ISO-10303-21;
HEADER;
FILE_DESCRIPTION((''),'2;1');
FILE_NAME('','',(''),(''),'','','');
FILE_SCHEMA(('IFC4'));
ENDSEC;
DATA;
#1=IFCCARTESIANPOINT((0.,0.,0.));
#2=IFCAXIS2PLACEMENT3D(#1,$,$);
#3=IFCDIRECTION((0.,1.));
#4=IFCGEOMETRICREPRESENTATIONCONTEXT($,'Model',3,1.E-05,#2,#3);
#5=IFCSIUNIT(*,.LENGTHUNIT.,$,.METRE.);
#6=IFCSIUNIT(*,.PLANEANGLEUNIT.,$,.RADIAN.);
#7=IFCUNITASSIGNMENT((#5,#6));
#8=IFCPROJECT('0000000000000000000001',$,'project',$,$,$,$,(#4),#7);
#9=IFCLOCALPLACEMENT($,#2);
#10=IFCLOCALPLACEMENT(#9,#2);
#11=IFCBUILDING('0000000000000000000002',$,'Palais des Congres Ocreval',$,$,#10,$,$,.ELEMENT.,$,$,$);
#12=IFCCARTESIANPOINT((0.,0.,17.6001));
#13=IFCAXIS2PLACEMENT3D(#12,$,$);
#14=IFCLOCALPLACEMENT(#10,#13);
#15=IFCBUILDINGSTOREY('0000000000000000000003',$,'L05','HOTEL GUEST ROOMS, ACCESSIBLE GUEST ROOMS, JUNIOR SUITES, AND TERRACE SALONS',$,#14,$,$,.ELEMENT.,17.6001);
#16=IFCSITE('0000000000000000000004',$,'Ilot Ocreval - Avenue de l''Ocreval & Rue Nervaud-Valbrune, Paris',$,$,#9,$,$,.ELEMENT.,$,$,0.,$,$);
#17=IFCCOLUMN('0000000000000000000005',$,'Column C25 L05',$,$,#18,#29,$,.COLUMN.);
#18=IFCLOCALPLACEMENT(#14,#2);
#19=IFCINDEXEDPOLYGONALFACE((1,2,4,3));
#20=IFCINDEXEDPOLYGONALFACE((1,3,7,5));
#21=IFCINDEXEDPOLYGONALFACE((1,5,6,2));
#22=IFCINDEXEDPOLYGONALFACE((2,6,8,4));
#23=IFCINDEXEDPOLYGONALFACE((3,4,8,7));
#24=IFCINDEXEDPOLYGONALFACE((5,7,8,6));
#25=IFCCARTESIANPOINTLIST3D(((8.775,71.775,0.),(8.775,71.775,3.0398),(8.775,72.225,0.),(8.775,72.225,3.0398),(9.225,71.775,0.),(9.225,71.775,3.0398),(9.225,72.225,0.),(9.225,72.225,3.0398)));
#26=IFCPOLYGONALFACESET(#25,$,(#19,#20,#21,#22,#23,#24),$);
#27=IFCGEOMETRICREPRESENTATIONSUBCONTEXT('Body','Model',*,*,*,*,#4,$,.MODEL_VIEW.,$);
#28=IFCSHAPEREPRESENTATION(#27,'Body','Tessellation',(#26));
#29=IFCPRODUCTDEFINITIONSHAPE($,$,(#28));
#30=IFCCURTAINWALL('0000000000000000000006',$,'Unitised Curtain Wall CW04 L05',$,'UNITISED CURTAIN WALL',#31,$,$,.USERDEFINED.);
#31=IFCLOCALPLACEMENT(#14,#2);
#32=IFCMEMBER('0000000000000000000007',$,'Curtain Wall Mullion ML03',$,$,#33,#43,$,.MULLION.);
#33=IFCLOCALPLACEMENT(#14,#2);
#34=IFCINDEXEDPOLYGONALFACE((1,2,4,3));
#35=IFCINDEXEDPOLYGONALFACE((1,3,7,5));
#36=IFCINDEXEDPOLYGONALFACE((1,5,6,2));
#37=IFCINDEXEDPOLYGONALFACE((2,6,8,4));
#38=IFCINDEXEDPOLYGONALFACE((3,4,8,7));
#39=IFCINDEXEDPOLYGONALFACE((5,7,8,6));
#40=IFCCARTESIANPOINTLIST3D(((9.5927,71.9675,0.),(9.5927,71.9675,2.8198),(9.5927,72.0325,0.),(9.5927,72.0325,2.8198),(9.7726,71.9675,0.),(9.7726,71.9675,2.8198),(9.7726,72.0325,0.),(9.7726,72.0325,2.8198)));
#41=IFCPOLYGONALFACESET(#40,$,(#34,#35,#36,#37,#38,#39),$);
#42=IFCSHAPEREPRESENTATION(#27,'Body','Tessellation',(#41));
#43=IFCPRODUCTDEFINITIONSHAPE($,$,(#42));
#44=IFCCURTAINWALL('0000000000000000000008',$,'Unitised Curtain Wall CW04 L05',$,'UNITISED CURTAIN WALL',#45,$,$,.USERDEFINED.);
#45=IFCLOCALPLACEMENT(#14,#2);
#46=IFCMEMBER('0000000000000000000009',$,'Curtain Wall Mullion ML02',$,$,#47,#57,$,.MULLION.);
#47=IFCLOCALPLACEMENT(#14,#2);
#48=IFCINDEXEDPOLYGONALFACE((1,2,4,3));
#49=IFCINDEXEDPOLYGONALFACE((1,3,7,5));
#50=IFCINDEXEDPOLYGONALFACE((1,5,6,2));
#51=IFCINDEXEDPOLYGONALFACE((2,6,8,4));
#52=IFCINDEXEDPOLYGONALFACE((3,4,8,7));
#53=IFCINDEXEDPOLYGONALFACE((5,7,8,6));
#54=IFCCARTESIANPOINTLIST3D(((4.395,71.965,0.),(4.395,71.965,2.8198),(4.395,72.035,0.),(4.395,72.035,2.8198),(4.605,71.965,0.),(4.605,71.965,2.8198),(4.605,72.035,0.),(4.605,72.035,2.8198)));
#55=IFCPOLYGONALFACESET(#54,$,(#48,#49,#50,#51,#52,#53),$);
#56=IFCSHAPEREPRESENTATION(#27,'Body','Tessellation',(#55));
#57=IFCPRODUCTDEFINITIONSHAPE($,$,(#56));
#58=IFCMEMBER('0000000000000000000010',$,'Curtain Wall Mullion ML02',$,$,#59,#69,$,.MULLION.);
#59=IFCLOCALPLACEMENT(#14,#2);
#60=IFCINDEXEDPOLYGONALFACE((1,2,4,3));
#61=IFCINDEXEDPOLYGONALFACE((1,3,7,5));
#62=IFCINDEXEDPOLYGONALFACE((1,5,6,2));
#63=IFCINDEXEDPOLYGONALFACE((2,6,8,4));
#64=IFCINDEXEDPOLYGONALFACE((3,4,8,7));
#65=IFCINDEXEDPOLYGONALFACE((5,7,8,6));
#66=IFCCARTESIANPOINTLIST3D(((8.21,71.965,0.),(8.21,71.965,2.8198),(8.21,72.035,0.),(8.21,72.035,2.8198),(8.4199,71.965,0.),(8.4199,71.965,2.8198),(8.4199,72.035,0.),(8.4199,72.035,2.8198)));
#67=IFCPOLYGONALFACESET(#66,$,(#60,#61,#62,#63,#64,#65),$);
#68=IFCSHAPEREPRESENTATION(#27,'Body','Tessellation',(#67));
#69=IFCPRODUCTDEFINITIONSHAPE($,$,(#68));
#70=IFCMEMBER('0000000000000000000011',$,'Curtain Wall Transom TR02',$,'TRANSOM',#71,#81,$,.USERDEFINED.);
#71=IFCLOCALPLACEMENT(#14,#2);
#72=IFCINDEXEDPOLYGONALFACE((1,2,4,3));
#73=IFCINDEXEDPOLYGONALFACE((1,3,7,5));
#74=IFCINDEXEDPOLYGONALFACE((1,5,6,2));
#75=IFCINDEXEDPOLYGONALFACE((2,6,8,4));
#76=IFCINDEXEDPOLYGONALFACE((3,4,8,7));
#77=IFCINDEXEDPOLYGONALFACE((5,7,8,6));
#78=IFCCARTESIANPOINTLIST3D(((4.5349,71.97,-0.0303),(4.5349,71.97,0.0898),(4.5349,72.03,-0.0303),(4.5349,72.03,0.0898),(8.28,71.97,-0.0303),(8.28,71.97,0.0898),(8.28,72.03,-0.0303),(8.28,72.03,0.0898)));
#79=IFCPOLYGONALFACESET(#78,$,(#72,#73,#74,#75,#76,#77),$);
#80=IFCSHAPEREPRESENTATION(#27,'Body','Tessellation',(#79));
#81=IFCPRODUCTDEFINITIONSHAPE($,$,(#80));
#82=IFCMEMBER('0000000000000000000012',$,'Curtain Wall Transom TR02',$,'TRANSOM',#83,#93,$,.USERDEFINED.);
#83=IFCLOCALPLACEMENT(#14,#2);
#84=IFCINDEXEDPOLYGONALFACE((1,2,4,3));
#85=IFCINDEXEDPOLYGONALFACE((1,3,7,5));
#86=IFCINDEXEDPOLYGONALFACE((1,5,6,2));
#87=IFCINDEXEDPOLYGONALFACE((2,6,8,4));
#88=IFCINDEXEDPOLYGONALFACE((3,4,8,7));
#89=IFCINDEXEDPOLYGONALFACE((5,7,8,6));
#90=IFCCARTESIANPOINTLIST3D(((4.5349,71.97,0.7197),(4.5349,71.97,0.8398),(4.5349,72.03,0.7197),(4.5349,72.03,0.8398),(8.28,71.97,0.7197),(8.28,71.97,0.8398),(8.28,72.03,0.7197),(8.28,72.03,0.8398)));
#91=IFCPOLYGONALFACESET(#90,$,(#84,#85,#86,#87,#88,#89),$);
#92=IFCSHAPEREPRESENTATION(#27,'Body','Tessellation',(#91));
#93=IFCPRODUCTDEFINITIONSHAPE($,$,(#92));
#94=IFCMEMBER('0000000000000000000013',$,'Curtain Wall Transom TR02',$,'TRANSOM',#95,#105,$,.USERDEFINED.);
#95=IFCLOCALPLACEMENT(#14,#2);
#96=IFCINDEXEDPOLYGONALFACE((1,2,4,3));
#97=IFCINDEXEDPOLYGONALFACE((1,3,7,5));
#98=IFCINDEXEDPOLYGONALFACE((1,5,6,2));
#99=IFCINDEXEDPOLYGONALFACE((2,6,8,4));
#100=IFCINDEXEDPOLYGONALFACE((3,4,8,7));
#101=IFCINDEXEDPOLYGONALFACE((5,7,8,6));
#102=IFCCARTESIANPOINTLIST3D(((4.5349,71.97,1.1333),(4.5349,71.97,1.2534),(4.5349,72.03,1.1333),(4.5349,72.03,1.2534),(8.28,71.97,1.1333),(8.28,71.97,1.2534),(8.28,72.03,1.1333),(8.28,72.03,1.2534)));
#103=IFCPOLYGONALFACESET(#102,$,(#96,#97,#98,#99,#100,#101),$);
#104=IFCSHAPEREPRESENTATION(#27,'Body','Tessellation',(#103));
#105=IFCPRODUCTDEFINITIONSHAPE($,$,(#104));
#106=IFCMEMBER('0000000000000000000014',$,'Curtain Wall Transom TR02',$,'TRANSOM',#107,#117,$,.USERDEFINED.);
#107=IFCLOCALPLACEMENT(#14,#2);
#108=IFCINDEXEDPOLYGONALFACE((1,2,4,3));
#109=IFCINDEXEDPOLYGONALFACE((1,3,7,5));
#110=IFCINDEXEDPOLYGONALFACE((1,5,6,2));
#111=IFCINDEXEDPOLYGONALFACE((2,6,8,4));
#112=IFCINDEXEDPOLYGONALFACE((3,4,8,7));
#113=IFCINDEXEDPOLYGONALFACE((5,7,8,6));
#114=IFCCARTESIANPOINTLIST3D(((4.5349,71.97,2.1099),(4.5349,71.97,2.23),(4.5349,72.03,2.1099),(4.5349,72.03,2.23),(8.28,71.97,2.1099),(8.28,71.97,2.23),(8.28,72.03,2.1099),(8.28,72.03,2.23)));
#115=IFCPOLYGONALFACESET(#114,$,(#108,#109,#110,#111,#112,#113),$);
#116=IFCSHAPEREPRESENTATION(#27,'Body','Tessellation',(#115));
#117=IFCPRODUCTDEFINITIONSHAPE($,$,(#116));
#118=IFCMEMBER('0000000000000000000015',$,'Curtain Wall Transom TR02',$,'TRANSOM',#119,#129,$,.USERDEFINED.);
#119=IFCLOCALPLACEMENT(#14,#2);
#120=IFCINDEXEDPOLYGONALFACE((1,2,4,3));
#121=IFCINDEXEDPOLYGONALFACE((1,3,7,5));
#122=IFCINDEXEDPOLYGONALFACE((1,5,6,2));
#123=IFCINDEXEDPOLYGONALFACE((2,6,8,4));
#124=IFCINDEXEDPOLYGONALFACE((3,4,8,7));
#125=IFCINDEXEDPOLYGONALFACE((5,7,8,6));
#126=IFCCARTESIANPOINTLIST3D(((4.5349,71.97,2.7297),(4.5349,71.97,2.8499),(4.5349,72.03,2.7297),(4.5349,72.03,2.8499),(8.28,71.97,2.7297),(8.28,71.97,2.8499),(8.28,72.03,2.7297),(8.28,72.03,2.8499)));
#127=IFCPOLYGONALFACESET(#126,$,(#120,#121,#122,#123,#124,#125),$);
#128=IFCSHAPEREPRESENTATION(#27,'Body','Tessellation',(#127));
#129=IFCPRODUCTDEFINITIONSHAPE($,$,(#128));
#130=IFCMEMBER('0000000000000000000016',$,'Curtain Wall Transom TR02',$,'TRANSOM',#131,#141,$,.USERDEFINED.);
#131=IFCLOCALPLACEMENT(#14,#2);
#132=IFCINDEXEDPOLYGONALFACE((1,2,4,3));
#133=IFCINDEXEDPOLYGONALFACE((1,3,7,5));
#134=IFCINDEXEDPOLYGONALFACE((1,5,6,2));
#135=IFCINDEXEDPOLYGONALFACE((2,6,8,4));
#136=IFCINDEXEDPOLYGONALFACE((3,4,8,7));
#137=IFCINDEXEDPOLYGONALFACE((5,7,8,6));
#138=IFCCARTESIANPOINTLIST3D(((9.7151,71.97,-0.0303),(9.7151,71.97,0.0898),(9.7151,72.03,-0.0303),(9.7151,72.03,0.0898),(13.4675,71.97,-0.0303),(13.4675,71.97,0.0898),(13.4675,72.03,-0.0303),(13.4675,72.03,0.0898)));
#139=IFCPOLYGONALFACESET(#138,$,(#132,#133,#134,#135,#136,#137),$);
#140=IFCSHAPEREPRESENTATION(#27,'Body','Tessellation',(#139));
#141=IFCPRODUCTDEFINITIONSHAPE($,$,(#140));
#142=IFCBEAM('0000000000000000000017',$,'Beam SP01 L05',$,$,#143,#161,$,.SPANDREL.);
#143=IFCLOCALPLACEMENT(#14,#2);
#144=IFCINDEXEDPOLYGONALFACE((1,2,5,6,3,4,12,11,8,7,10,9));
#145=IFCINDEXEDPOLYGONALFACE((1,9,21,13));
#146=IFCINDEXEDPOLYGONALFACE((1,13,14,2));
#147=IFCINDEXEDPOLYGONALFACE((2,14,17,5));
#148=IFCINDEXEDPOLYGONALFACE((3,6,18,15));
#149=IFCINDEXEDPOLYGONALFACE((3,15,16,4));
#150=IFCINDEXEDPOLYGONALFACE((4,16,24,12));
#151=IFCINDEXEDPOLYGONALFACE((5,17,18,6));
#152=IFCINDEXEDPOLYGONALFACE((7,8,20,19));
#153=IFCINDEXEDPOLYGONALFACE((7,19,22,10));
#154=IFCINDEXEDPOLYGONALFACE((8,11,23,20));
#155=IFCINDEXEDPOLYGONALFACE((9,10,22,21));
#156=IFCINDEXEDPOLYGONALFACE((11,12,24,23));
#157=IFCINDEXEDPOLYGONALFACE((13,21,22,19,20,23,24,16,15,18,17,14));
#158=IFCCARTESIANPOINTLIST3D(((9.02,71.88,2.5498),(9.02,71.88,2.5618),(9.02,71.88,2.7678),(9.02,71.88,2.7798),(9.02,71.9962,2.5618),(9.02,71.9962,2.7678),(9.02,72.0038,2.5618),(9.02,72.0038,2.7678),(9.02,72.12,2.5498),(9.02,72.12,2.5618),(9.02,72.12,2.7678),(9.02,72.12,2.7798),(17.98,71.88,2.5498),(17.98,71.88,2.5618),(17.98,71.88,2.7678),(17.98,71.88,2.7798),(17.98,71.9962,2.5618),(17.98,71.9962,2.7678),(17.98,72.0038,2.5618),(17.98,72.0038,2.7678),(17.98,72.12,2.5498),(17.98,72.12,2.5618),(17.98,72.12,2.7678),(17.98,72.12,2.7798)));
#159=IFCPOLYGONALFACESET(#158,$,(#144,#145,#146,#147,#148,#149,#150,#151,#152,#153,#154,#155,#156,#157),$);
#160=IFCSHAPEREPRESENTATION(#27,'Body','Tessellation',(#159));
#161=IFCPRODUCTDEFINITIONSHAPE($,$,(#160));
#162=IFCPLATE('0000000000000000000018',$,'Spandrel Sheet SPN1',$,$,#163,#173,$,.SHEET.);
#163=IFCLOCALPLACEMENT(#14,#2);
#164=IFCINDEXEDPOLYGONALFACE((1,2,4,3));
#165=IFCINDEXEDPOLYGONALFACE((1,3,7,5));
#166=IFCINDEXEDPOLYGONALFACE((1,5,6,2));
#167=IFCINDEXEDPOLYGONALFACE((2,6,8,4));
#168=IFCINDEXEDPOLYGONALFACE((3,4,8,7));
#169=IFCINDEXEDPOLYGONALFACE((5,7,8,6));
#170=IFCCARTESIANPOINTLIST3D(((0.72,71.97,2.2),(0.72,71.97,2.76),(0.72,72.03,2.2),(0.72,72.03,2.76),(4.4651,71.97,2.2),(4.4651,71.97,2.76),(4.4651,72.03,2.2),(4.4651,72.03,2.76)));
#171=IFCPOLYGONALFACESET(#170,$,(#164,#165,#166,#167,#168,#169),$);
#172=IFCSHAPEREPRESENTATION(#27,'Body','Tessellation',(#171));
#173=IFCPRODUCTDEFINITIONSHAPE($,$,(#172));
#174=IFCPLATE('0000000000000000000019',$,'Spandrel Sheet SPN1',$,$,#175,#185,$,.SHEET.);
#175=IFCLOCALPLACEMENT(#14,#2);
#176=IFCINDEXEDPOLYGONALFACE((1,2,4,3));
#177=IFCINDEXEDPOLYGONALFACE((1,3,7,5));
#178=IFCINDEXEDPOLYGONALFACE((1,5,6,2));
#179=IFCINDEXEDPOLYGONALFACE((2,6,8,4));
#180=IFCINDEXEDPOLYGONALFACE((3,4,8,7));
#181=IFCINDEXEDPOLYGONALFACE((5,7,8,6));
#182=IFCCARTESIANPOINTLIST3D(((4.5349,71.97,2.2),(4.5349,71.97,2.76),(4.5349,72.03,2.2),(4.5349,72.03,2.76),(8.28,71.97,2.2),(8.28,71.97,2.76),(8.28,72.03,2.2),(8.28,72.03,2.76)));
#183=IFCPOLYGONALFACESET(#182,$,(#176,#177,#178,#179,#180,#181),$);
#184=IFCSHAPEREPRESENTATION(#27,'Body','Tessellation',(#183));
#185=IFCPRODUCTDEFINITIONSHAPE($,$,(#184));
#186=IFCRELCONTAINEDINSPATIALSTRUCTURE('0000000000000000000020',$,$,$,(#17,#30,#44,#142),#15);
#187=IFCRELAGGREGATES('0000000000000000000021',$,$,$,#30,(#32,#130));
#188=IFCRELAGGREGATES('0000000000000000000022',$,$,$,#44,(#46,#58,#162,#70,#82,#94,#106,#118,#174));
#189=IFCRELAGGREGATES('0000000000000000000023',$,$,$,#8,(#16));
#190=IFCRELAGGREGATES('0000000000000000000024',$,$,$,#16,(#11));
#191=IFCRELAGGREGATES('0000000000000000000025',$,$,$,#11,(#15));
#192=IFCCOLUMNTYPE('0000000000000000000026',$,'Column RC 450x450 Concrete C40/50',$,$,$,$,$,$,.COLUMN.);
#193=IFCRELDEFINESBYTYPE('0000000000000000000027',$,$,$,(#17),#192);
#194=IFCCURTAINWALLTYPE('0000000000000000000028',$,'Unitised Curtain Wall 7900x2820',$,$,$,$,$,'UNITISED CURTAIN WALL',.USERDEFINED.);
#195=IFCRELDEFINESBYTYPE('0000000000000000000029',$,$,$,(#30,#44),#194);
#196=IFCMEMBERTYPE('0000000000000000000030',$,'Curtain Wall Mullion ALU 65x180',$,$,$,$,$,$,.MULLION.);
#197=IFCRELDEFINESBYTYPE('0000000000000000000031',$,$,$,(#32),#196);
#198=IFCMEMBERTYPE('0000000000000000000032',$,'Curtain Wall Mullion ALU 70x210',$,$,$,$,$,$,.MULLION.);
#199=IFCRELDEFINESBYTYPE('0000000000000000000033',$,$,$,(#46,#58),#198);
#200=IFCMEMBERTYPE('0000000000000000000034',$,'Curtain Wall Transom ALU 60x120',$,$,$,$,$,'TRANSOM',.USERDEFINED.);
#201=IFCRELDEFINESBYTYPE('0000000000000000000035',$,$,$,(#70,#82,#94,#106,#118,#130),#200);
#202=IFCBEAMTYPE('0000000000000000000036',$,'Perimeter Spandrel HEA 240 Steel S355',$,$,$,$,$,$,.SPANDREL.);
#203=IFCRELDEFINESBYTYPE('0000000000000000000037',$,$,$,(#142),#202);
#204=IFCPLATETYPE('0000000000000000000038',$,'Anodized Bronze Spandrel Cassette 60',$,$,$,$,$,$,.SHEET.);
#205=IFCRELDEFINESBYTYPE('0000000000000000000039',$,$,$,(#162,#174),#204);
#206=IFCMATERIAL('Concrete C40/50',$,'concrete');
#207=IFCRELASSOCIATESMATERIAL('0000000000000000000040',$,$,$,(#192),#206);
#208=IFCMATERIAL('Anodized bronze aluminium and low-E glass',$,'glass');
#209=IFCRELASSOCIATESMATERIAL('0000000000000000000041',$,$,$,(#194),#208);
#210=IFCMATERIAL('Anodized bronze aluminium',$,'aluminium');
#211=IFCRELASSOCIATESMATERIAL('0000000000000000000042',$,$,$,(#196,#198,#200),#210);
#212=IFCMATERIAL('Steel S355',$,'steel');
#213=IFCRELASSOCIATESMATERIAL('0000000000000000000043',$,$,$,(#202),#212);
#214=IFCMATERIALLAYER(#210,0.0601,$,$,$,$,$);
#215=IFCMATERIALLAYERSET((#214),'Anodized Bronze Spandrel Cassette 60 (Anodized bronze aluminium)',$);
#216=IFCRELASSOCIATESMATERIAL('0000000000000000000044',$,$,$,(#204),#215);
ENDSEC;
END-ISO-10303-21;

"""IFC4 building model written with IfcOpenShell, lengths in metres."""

from ifc_helpers import new_model, si_unit, direction, frame, origin, origin_2d, place, context, subcontext, project, spatial, rectangle, i_section, extrude, material, layer, layer_set, material_profile, profile_set, type_object, element, aggregate, save


model = new_model("IFC4")

# Units and contexts
model_context = context("Model", 3, precision=1e-05, world=origin(), true_north=direction((0.0, 1.0)))
body_context = subcontext(model_context, "Body", "Model", "MODEL_VIEW")
ifc_project = project(units=[si_unit("LENGTHUNIT", "METRE"), si_unit("PLANEANGLEUNIT", "RADIAN")], contexts=[model_context])

# Site, building, storey
site_placement = place(None, origin())
site = spatial("IfcSite", under=ifc_project, at=site_placement, Name="Ilot Ocreval - Avenue de l'Ocreval & Rue Nervaud-Valbrune, Paris", CompositionType="ELEMENT", RefElevation=0.0)
building_placement = place(site_placement, origin())
building = spatial("IfcBuilding", under=site, at=building_placement, Name="Palais des Congres Ocreval", CompositionType="ELEMENT")
storey_placement = place(building_placement, frame((0.0, 0.0, 17.6001)))
storey = spatial("IfcBuildingStorey", under=building, at=storey_placement, Name="L05", Description="HOTEL GUEST ROOMS, ACCESSIBLE GUEST ROOMS, JUNIOR SUITES, AND TERRACE SALONS", CompositionType="ELEMENT", Elevation=17.6001)

# Column
ifc_material_1 = material(Name="Concrete C40/50", Category="concrete")
ifc_material_profile_1 = material_profile(ifc_material_1, rectangle(XDim=0.45, YDim=0.45, at=origin_2d()), Name="RC 450x450")
ifc_profile_set_1 = profile_set([ifc_material_profile_1], Name="Concrete C40/50")
column_type = type_object("IfcColumnType", Name="Column RC 450x450 Concrete C40/50", PredefinedType="COLUMN", material=ifc_profile_set_1)
column_placement = place(storey_placement, frame((9.0, 72.0, 0.0), z_axis=(0.0, 0.0, 1.0), x_axis=(1.0, 0.0, 0.0)))
element("IfcColumn", 1, at=column_placement, inside=storey, type_object=column_type, Name="Column C25 L05", PredefinedType="COLUMN", context=body_context, shape_type="SweptSolid", body=[
    extrude(rectangle(XDim=0.45, YDim=0.45, at=origin_2d()), origin(), (0.0, 0.0, 1.0), 3.0398),
])

# Curtain wall, member
ifc_material_2 = material(Name="Anodized bronze aluminium and low-E glass", Category="glass")
curtain_wall_type = type_object("IfcCurtainWallType", Name="Unitised Curtain Wall 7900x2820", ElementType="UNITISED CURTAIN WALL", PredefinedType="USERDEFINED", material=ifc_material_2)
curtain_wall_1_placement = place(storey_placement, origin())
curtain_wall_1 = element("IfcCurtainWall", 2, at=curtain_wall_1_placement, inside=storey, type_object=curtain_wall_type, Name="Unitised Curtain Wall CW04 L05", ObjectType="UNITISED CURTAIN WALL", PredefinedType="USERDEFINED")
ifc_material_3 = material(Name="Anodized bronze aluminium", Category="aluminium")
ifc_material_profile_2 = material_profile(ifc_material_3, rectangle(XDim=0.0649, YDim=0.1799, at=origin_2d()), Name="ALU 65x180")
ifc_profile_set_2 = profile_set([ifc_material_profile_2], Name="Anodized bronze aluminium")
member_type_1 = type_object("IfcMemberType", Name="Curtain Wall Mullion ALU 65x180", PredefinedType="MULLION", material=ifc_profile_set_2)
member_1_placement = place(storey_placement, frame((9.6826, 72.0, 0.0), z_axis=(0.0, 0.0, 1.0), x_axis=(0.0, 1.0, 0.0)))
member_1 = element("IfcMember", 3, at=member_1_placement, type_object=member_type_1, Name="Curtain Wall Mullion ML03", PredefinedType="MULLION", context=body_context, shape_type="SweptSolid", body=[
    extrude(rectangle(XDim=0.0649, YDim=0.1799, at=origin_2d()), origin(), (0.0, 0.0, 1.0), 2.8198),
])

# Curtain wall, members
curtain_wall_2_placement = place(storey_placement, origin())
curtain_wall_2 = element("IfcCurtainWall", 4, at=curtain_wall_2_placement, inside=storey, type_object=curtain_wall_type, Name="Unitised Curtain Wall CW04 L05", ObjectType="UNITISED CURTAIN WALL", PredefinedType="USERDEFINED")
ifc_material_profile_3 = material_profile(ifc_material_3, rectangle(XDim=0.0701, YDim=0.21, at=origin_2d()), Name="ALU 70x210")
ifc_profile_set_3 = profile_set([ifc_material_profile_3], Name="Anodized bronze aluminium")
member_type_2 = type_object("IfcMemberType", Name="Curtain Wall Mullion ALU 70x210", PredefinedType="MULLION", material=ifc_profile_set_3)
member_2_placement = place(storey_placement, frame((4.5, 72.0, 0.0), z_axis=(0.0, 0.0, 1.0), x_axis=(0.0, 1.0, 0.0)))
member_2 = element("IfcMember", 5, at=member_2_placement, type_object=member_type_2, Name="Curtain Wall Mullion ML02", PredefinedType="MULLION", context=body_context, shape_type="SweptSolid", body=[
    extrude(rectangle(XDim=0.0701, YDim=0.21, at=origin_2d()), origin(), (0.0, 0.0, 1.0), 2.8198),
])
member_3_placement = place(storey_placement, frame((8.3149, 72.0, 0.0), z_axis=(0.0, 0.0, 1.0), x_axis=(0.0, 1.0, 0.0)))
member_3 = element("IfcMember", 6, at=member_3_placement, type_object=member_type_2, Name="Curtain Wall Mullion ML02", PredefinedType="MULLION", context=body_context, shape_type="SweptSolid", body=[
    extrude(rectangle(XDim=0.0701, YDim=0.21, at=origin_2d()), origin(), (0.0, 0.0, 1.0), 2.8198),
])
ifc_material_profile_4 = material_profile(ifc_material_3, rectangle(XDim=0.0601, YDim=0.1201, at=origin_2d()), Name="ALU 60x120")
ifc_profile_set_4 = profile_set([ifc_material_profile_4], Name="Anodized bronze aluminium")
member_type_3 = type_object("IfcMemberType", Name="Curtain Wall Transom ALU 60x120", ElementType="TRANSOM", PredefinedType="USERDEFINED", material=ifc_profile_set_4)
member_4_placement = place(storey_placement, frame((4.5349, 72.0, 0.0298), z_axis=(1.0, 0.0, 0.0), x_axis=(0.0, 1.0, 0.0)))
member_4 = element("IfcMember", 7, at=member_4_placement, type_object=member_type_3, Name="Curtain Wall Transom TR02", ObjectType="TRANSOM", PredefinedType="USERDEFINED", context=body_context, shape_type="SweptSolid", body=[
    extrude(rectangle(XDim=0.0601, YDim=0.1201, at=origin_2d()), origin(), (0.0, 0.0, 1.0), 3.7451),
])
member_5_placement = place(storey_placement, frame((4.5349, 72.0, 0.7798), z_axis=(1.0, 0.0, 0.0), x_axis=(0.0, 1.0, 0.0)))
member_5 = element("IfcMember", 8, at=member_5_placement, type_object=member_type_3, Name="Curtain Wall Transom TR02", ObjectType="TRANSOM", PredefinedType="USERDEFINED", context=body_context, shape_type="SweptSolid", body=[
    extrude(rectangle(XDim=0.0601, YDim=0.1201, at=origin_2d()), origin(), (0.0, 0.0, 1.0), 3.7451),
])
member_6_placement = place(storey_placement, frame((4.5349, 72.0, 1.1934), z_axis=(1.0, 0.0, 0.0), x_axis=(0.0, 1.0, 0.0)))
member_6 = element("IfcMember", 9, at=member_6_placement, type_object=member_type_3, Name="Curtain Wall Transom TR02", ObjectType="TRANSOM", PredefinedType="USERDEFINED", context=body_context, shape_type="SweptSolid", body=[
    extrude(rectangle(XDim=0.0601, YDim=0.1201, at=origin_2d()), origin(), (0.0, 0.0, 1.0), 3.7451),
])
member_7_placement = place(storey_placement, frame((4.5349, 72.0, 2.1699), z_axis=(1.0, 0.0, 0.0), x_axis=(0.0, 1.0, 0.0)))
member_7 = element("IfcMember", 10, at=member_7_placement, type_object=member_type_3, Name="Curtain Wall Transom TR02", ObjectType="TRANSOM", PredefinedType="USERDEFINED", context=body_context, shape_type="SweptSolid", body=[
    extrude(rectangle(XDim=0.0601, YDim=0.1201, at=origin_2d()), origin(), (0.0, 0.0, 1.0), 3.7451),
])
member_8_placement = place(storey_placement, frame((4.5349, 72.0, 2.7898), z_axis=(1.0, 0.0, 0.0), x_axis=(0.0, 1.0, 0.0)))
member_8 = element("IfcMember", 11, at=member_8_placement, type_object=member_type_3, Name="Curtain Wall Transom TR02", ObjectType="TRANSOM", PredefinedType="USERDEFINED", context=body_context, shape_type="SweptSolid", body=[
    extrude(rectangle(XDim=0.0601, YDim=0.1201, at=origin_2d()), origin(), (0.0, 0.0, 1.0), 3.7451),
])

# Member
member_9_placement = place(storey_placement, frame((9.7151, 72.0, 0.0298), z_axis=(1.0, 0.0, 0.0), x_axis=(0.0, 1.0, 0.0)))
member_9 = element("IfcMember", 12, at=member_9_placement, type_object=member_type_3, Name="Curtain Wall Transom TR02", ObjectType="TRANSOM", PredefinedType="USERDEFINED", context=body_context, shape_type="SweptSolid", body=[
    extrude(rectangle(XDim=0.0601, YDim=0.1201, at=origin_2d()), origin(), (0.0, 0.0, 1.0), 3.7524),
])
aggregate(curtain_wall_1, [member_1, member_9])

# Beam
ifc_material_4 = material(Name="Steel S355", Category="steel")
ifc_material_profile_5 = material_profile(ifc_material_4, i_section(OverallWidth=0.24, OverallDepth=0.23, WebThickness=0.0076, FlangeThickness=0.012, at=origin_2d()), Name="HEA 240")
ifc_profile_set_5 = profile_set([ifc_material_profile_5], Name="Steel S355")
beam_type = type_object("IfcBeamType", Name="Perimeter Spandrel HEA 240 Steel S355", PredefinedType="SPANDREL", material=ifc_profile_set_5)
beam_placement = place(storey_placement, frame((9.02, 72.0, 2.6648), z_axis=(1.0, 0.0, 0.0), x_axis=(0.0, 1.0, 0.0)))
element("IfcBeam", 13, at=beam_placement, inside=storey, type_object=beam_type, Name="Beam SP01 L05", PredefinedType="SPANDREL", context=body_context, shape_type="SweptSolid", body=[
    extrude(i_section(OverallWidth=0.24, OverallDepth=0.23, WebThickness=0.0076, FlangeThickness=0.012, at=origin_2d()), origin(), (0.0, 0.0, 1.0), 8.96),
])

# Plates
ifc_layer_1 = layer(ifc_material_3, 0.0601)
ifc_layer_set_1 = layer_set([ifc_layer_1], Name="Anodized Bronze Spandrel Cassette 60 (Anodized bronze aluminium)")
plate_type_1 = type_object("IfcPlateType", Name="Anodized Bronze Spandrel Cassette 60", PredefinedType="SHEET", material=ifc_layer_set_1)
plate_1_placement = place(storey_placement, frame((2.5925, 72.0, 2.2), z_axis=(0.0, 0.0, 1.0), x_axis=(1.0, 0.0, 0.0)))
plate_1 = element("IfcPlate", 14, at=plate_1_placement, type_object=plate_type_1, Name="Spandrel Sheet SPN1", PredefinedType="SHEET", context=body_context, shape_type="SweptSolid", body=[
    extrude(rectangle(XDim=3.7451, YDim=0.0601, at=origin_2d()), origin(), (0.0, 0.0, 1.0), 0.5601),
])
plate_2_placement = place(storey_placement, frame((6.4075, 72.0, 2.2), z_axis=(0.0, 0.0, 1.0), x_axis=(1.0, 0.0, 0.0)))
plate_2 = element("IfcPlate", 15, at=plate_2_placement, type_object=plate_type_1, Name="Spandrel Sheet SPN1", PredefinedType="SHEET", context=body_context, shape_type="SweptSolid", body=[
    extrude(rectangle(XDim=3.7451, YDim=0.0601, at=origin_2d()), origin(), (0.0, 0.0, 1.0), 0.5601),
])
aggregate(curtain_wall_2, [member_2, member_3, plate_1, member_4, member_5, member_6, member_7, member_8, plate_2])

save(model, "model.ifc")
